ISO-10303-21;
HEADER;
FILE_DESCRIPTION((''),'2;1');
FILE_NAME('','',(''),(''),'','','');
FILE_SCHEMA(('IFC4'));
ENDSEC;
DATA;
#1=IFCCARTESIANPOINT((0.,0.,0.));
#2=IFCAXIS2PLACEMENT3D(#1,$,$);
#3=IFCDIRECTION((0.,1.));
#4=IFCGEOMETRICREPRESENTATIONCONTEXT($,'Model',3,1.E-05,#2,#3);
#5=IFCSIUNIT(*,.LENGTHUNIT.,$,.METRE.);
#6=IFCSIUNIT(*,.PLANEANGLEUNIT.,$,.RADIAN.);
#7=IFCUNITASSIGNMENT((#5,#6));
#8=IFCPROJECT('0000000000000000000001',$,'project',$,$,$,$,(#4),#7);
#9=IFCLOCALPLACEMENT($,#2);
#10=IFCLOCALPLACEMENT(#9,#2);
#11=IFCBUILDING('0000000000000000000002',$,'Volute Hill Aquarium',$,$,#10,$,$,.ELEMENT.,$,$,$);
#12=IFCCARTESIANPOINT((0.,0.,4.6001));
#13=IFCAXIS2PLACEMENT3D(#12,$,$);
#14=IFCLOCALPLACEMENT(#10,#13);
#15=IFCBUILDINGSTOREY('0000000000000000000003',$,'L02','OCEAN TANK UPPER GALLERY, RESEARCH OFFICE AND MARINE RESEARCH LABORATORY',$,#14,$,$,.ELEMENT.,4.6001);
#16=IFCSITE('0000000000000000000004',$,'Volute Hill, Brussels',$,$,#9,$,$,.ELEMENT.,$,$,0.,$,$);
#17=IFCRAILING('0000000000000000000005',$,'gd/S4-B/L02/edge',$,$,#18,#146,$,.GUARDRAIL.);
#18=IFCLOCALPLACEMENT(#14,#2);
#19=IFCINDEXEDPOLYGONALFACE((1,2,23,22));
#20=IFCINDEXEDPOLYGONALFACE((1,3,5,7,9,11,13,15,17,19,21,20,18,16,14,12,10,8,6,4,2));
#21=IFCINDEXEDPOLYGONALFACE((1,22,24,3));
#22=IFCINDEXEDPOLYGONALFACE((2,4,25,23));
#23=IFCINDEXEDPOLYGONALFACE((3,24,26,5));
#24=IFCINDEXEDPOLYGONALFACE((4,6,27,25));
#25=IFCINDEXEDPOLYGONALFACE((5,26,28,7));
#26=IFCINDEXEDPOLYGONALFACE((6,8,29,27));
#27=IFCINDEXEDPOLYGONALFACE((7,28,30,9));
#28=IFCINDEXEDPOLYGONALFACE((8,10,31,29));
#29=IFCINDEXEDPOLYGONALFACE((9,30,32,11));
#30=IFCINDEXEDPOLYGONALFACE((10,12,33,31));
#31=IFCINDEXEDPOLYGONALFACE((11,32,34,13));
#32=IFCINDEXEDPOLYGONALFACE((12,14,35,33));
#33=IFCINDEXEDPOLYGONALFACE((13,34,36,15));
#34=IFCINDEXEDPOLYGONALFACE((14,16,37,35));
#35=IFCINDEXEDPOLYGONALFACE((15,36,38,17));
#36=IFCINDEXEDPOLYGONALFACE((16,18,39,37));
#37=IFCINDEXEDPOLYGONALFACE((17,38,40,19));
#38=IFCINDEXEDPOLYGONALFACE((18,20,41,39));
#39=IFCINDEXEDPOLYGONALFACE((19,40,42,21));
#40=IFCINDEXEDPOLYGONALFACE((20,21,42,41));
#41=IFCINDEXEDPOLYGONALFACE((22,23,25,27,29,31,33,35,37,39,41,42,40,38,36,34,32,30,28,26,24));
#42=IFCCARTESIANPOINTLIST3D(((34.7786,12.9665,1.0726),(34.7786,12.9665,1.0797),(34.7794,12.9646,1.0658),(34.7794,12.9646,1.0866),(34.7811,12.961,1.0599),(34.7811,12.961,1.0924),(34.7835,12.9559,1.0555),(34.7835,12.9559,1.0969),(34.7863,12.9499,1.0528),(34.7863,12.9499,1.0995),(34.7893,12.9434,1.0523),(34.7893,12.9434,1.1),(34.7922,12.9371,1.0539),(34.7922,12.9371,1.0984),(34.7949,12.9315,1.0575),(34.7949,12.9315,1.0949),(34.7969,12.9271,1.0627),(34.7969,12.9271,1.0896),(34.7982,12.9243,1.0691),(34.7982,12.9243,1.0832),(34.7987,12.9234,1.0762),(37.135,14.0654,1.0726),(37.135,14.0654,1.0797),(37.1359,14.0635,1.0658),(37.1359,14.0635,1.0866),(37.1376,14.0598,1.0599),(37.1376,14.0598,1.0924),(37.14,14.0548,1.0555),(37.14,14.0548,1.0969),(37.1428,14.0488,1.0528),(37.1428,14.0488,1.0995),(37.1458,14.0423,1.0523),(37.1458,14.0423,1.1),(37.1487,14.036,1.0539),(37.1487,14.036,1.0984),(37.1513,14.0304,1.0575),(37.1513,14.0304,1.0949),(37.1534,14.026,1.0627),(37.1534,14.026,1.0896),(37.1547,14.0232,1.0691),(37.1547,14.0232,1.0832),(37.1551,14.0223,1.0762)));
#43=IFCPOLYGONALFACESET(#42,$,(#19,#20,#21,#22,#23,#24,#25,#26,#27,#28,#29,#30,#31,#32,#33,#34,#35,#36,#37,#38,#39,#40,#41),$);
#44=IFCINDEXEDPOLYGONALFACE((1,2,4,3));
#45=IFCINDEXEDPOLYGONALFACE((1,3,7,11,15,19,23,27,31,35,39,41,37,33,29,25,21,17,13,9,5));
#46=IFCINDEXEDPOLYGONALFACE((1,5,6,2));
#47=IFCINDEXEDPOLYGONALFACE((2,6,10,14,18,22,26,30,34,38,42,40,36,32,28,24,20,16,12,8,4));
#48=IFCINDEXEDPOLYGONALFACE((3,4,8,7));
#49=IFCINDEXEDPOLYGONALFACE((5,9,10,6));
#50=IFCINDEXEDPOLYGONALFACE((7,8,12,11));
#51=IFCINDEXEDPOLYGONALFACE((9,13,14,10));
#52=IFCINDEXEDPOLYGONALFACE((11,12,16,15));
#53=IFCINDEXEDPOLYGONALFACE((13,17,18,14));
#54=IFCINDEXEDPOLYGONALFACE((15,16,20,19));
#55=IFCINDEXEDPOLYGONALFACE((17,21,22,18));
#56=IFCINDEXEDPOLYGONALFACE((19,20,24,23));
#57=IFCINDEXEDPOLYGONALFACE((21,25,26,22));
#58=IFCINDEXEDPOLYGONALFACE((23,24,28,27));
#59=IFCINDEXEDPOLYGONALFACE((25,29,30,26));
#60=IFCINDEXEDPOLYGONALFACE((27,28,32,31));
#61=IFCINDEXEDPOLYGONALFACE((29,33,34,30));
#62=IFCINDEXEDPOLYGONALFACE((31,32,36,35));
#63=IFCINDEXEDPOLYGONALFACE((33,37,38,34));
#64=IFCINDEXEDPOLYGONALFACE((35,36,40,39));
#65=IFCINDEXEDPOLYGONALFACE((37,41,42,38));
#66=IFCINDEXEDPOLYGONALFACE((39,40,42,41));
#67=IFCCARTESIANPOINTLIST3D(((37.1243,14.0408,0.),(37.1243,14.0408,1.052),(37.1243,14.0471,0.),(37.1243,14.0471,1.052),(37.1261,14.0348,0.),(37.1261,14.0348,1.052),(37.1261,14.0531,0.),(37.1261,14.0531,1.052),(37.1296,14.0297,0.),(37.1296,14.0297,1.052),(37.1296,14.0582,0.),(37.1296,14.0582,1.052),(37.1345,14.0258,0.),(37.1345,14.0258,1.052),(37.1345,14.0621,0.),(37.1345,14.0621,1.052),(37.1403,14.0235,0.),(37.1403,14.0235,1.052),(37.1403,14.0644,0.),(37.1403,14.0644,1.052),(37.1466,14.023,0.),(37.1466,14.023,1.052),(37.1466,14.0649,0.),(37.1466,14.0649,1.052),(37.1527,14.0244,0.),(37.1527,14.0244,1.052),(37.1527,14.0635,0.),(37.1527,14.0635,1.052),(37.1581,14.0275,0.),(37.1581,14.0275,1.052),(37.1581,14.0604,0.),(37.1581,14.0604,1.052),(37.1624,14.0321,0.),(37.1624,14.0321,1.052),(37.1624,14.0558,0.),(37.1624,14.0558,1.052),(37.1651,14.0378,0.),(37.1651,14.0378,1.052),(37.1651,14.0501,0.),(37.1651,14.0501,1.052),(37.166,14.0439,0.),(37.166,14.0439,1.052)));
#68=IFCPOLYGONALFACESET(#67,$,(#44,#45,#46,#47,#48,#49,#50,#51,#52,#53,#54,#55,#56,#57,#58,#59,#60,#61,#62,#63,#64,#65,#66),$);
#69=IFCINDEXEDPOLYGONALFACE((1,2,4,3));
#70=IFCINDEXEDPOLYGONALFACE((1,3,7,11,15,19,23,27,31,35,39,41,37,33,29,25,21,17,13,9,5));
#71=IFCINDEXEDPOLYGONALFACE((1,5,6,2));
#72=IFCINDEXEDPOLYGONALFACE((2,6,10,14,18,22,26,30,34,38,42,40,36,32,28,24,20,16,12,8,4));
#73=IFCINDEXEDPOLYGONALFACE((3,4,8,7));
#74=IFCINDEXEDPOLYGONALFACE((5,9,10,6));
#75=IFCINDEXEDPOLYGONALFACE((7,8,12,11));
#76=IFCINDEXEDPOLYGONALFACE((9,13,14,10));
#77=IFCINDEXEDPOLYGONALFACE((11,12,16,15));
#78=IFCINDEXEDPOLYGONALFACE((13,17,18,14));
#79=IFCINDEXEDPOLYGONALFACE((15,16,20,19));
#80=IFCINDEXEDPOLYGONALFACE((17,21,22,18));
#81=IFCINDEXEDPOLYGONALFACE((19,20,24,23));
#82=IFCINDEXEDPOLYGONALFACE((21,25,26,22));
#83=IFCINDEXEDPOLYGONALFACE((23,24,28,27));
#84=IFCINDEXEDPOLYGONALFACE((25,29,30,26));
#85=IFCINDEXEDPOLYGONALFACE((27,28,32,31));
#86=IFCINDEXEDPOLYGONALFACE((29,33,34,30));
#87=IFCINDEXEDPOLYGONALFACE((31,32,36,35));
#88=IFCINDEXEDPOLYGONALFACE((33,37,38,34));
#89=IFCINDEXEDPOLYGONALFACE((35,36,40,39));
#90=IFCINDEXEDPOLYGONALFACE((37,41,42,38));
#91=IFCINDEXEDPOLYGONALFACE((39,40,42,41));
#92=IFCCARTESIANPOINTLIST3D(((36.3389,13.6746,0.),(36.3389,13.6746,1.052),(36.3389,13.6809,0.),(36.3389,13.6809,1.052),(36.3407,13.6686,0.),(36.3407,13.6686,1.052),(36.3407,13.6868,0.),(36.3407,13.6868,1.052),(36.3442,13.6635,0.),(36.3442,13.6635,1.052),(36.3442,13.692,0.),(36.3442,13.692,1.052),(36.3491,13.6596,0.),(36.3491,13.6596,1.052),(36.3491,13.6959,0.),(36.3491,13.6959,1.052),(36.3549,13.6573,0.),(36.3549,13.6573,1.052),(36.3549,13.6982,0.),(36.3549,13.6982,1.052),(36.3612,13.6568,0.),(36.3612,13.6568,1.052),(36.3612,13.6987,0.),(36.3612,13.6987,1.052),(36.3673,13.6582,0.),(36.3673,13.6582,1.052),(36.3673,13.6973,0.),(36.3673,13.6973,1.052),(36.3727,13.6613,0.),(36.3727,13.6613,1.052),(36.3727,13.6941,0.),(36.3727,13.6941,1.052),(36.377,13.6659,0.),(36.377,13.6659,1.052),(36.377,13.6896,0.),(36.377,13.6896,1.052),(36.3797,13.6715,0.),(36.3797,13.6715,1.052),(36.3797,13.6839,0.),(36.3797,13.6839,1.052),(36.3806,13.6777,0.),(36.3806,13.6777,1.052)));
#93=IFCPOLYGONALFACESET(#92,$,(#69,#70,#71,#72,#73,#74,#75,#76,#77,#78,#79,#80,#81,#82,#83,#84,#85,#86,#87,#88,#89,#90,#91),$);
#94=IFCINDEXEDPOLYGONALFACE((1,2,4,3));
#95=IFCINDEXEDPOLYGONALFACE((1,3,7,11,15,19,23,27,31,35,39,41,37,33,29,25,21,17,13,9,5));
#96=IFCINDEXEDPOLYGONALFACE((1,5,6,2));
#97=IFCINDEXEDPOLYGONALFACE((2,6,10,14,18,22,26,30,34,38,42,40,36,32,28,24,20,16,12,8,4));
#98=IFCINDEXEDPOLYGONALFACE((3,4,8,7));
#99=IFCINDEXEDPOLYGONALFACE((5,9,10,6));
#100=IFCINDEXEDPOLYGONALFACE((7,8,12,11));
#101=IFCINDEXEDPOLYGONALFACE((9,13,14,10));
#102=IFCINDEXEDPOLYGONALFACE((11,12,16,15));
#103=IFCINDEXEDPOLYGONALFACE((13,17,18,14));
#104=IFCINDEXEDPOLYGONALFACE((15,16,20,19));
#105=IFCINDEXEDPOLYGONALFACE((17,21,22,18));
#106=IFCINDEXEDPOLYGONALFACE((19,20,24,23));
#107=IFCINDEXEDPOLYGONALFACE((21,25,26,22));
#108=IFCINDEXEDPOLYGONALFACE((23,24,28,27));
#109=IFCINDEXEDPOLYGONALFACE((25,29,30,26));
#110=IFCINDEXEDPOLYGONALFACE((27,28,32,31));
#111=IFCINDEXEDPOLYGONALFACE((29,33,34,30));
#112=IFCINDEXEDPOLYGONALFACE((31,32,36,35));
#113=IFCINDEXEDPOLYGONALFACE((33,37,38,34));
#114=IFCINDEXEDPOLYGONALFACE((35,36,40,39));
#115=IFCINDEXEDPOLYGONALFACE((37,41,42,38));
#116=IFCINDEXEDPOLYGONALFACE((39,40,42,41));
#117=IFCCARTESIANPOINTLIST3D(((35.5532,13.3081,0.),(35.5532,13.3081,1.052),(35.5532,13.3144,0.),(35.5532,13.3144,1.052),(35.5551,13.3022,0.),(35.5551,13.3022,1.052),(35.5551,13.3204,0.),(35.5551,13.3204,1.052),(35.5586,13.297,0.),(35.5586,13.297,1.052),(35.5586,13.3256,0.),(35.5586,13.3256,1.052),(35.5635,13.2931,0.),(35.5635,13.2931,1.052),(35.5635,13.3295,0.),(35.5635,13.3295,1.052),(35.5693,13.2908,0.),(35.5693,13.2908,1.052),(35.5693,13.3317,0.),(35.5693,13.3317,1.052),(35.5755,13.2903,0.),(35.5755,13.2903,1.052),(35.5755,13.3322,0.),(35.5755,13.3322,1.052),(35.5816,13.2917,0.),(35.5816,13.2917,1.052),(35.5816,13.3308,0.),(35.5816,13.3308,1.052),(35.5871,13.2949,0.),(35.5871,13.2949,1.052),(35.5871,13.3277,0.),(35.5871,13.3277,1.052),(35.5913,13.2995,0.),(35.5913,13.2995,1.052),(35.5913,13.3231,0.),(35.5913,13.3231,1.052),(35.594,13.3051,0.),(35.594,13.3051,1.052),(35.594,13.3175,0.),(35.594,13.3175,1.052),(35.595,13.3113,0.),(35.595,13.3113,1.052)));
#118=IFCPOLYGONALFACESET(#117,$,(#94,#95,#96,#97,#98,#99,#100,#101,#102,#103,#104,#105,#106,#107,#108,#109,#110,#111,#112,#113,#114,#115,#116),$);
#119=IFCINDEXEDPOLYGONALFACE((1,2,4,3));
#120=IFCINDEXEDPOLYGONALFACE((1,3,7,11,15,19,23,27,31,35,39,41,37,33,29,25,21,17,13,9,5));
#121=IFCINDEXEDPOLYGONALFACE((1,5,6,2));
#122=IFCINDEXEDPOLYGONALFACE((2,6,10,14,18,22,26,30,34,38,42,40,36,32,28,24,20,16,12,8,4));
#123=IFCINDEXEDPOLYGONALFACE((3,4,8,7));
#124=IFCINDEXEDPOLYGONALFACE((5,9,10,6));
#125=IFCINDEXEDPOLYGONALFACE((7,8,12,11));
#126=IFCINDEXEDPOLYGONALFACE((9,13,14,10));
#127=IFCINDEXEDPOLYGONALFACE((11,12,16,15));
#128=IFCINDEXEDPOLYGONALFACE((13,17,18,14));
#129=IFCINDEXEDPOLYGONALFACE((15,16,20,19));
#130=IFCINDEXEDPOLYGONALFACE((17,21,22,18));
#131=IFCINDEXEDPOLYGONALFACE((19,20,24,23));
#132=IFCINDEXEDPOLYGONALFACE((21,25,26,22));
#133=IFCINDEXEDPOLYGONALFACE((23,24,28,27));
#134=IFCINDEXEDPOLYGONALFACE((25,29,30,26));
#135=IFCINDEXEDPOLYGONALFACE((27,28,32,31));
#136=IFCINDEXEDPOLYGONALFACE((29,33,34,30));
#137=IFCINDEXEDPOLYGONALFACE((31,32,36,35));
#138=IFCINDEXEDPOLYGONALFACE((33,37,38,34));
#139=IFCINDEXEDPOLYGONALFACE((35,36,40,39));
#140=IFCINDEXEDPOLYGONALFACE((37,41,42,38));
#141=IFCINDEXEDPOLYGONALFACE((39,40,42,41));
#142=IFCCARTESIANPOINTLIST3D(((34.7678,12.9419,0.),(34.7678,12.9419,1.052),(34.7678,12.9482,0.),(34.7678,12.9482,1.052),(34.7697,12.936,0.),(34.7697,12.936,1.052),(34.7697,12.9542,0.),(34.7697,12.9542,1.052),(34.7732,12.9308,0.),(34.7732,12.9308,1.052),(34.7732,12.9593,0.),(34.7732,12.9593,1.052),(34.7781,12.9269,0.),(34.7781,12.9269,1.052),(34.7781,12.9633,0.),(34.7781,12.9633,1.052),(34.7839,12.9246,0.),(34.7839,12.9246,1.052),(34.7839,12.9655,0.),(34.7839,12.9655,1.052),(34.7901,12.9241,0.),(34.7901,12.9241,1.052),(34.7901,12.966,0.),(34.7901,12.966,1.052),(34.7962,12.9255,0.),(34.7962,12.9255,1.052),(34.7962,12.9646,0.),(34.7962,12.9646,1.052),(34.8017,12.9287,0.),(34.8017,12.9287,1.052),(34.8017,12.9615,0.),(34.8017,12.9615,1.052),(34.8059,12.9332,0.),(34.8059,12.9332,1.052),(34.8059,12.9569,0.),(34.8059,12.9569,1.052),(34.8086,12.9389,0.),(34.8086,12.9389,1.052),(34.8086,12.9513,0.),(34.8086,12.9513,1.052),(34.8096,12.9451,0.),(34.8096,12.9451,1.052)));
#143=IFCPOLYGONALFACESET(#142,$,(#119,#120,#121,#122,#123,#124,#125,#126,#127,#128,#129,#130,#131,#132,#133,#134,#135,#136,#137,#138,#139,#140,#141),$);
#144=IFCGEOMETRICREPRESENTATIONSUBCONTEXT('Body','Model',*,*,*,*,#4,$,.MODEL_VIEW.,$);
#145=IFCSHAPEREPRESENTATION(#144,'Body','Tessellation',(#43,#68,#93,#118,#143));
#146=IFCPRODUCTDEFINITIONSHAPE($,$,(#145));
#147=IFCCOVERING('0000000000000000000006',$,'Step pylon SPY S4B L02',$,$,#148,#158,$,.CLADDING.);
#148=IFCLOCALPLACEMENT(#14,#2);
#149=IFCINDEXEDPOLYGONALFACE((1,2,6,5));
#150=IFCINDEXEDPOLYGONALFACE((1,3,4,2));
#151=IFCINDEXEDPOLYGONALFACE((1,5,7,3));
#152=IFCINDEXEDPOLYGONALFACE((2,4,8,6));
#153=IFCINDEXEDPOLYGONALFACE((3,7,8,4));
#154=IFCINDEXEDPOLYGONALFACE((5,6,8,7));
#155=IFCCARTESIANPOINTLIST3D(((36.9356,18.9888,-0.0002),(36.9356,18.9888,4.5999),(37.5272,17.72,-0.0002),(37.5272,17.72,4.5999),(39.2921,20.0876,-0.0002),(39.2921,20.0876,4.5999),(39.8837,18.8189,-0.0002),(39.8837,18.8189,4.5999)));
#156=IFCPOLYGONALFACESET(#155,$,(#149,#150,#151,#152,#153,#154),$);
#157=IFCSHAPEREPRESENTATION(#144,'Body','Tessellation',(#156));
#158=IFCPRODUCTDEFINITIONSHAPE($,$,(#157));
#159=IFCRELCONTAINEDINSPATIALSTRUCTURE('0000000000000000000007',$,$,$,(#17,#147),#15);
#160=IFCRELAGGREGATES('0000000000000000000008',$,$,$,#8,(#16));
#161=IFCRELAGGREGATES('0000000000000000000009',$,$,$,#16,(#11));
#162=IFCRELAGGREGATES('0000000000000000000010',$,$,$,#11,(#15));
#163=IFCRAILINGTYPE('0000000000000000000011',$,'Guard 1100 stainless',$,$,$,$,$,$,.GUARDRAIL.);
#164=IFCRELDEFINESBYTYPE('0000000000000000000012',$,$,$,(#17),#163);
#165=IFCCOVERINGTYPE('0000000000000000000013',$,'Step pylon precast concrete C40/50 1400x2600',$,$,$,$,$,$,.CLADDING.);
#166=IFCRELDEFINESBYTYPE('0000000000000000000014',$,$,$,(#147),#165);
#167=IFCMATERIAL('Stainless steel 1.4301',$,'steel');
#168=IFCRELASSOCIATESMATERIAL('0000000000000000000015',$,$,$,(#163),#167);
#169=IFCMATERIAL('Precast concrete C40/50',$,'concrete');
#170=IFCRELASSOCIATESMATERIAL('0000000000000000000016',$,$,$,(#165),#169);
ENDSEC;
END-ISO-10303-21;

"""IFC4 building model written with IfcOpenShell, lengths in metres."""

from ifc_helpers import new_model, si_unit, direction, frame, origin, origin_2d, place, context, subcontext, project, spatial, rectangle, circle, extrude, material, type_object, element, save


model = new_model("IFC4")

# Units and contexts
model_context = context("Model", 3, precision=1e-05, world=origin(), true_north=direction((0.0, 1.0)))
body_context = subcontext(model_context, "Body", "Model", "MODEL_VIEW")
ifc_project = project(units=[si_unit("LENGTHUNIT", "METRE"), si_unit("PLANEANGLEUNIT", "RADIAN")], contexts=[model_context])

# Site, building, storey
site_placement = place(None, origin())
site = spatial("IfcSite", under=ifc_project, at=site_placement, Name="Volute Hill, Brussels", CompositionType="ELEMENT", RefElevation=0.0)
building_placement = place(site_placement, origin())
building = spatial("IfcBuilding", under=site, at=building_placement, Name="Volute Hill Aquarium", CompositionType="ELEMENT")
storey_placement = place(building_placement, frame((0.0, 0.0, 4.6001)))
storey = spatial("IfcBuildingStorey", under=building, at=storey_placement, Name="L02", Description="OCEAN TANK UPPER GALLERY, RESEARCH OFFICE AND MARINE RESEARCH LABORATORY", CompositionType="ELEMENT", Elevation=4.6001)

# Railing
ifc_material_1 = material(Name="Stainless steel 1.4301", Category="steel")
railing_type = type_object("IfcRailingType", Name="Guard 1100 stainless", PredefinedType="GUARDRAIL", material=ifc_material_1)
railing_placement = place(storey_placement, frame((37.145, 14.0439, 0.0)))
element("IfcRailing", 1, at=railing_placement, inside=storey, type_object=railing_type, Name="gd/S4-B/L02/edge", PredefinedType="GUARDRAIL", context=body_context, shape_type="SweptSolid", body=[
    extrude(circle(Radius=0.0239, at=origin_2d()), frame((0.0, 0.0, 1.0762), z_axis=(-0.906301, -0.422634, 0.0), x_axis=(0.422634, -0.906301, 0.0)), (0.0, 0.0, 1.0), 2.6001),
    extrude(circle(Radius=0.021, at=origin_2d()), origin(), (0.0, 0.0, 1.0), 1.052),
    extrude(circle(Radius=0.021, at=origin_2d()), frame((-0.7854, -0.3662, 0.0)), (0.0, 0.0, 1.0), 1.052),
    extrude(circle(Radius=0.021, at=origin_2d()), frame((-1.571, -0.7327, 0.0)), (0.0, 0.0, 1.0), 1.052),
    extrude(circle(Radius=0.021, at=origin_2d()), frame((-2.3564, -1.0989, 0.0)), (0.0, 0.0, 1.0), 1.052),
])

# Covering
ifc_material_2 = material(Name="Precast concrete C40/50", Category="concrete")
covering_type_1 = type_object("IfcCoveringType", Name="Step pylon precast concrete C40/50 1400x2600", PredefinedType="CLADDING", material=ifc_material_2)
covering_1_placement = place(storey_placement, frame((38.4097, 18.9038, -0.0002), z_axis=(0.0, 0.0, 1.0), x_axis=(0.906308, 0.422618, 0.0)))
element("IfcCovering", 2, at=covering_1_placement, inside=storey, type_object=covering_type_1, Name="Step pylon SPY S4B L02", PredefinedType="CLADDING", context=body_context, shape_type="SweptSolid", body=[
    extrude(rectangle(XDim=2.6001, YDim=1.3999, at=origin_2d()), origin(), (0.0, 0.0, 1.0), 4.6001),
])

save(model, "model.ifc")
